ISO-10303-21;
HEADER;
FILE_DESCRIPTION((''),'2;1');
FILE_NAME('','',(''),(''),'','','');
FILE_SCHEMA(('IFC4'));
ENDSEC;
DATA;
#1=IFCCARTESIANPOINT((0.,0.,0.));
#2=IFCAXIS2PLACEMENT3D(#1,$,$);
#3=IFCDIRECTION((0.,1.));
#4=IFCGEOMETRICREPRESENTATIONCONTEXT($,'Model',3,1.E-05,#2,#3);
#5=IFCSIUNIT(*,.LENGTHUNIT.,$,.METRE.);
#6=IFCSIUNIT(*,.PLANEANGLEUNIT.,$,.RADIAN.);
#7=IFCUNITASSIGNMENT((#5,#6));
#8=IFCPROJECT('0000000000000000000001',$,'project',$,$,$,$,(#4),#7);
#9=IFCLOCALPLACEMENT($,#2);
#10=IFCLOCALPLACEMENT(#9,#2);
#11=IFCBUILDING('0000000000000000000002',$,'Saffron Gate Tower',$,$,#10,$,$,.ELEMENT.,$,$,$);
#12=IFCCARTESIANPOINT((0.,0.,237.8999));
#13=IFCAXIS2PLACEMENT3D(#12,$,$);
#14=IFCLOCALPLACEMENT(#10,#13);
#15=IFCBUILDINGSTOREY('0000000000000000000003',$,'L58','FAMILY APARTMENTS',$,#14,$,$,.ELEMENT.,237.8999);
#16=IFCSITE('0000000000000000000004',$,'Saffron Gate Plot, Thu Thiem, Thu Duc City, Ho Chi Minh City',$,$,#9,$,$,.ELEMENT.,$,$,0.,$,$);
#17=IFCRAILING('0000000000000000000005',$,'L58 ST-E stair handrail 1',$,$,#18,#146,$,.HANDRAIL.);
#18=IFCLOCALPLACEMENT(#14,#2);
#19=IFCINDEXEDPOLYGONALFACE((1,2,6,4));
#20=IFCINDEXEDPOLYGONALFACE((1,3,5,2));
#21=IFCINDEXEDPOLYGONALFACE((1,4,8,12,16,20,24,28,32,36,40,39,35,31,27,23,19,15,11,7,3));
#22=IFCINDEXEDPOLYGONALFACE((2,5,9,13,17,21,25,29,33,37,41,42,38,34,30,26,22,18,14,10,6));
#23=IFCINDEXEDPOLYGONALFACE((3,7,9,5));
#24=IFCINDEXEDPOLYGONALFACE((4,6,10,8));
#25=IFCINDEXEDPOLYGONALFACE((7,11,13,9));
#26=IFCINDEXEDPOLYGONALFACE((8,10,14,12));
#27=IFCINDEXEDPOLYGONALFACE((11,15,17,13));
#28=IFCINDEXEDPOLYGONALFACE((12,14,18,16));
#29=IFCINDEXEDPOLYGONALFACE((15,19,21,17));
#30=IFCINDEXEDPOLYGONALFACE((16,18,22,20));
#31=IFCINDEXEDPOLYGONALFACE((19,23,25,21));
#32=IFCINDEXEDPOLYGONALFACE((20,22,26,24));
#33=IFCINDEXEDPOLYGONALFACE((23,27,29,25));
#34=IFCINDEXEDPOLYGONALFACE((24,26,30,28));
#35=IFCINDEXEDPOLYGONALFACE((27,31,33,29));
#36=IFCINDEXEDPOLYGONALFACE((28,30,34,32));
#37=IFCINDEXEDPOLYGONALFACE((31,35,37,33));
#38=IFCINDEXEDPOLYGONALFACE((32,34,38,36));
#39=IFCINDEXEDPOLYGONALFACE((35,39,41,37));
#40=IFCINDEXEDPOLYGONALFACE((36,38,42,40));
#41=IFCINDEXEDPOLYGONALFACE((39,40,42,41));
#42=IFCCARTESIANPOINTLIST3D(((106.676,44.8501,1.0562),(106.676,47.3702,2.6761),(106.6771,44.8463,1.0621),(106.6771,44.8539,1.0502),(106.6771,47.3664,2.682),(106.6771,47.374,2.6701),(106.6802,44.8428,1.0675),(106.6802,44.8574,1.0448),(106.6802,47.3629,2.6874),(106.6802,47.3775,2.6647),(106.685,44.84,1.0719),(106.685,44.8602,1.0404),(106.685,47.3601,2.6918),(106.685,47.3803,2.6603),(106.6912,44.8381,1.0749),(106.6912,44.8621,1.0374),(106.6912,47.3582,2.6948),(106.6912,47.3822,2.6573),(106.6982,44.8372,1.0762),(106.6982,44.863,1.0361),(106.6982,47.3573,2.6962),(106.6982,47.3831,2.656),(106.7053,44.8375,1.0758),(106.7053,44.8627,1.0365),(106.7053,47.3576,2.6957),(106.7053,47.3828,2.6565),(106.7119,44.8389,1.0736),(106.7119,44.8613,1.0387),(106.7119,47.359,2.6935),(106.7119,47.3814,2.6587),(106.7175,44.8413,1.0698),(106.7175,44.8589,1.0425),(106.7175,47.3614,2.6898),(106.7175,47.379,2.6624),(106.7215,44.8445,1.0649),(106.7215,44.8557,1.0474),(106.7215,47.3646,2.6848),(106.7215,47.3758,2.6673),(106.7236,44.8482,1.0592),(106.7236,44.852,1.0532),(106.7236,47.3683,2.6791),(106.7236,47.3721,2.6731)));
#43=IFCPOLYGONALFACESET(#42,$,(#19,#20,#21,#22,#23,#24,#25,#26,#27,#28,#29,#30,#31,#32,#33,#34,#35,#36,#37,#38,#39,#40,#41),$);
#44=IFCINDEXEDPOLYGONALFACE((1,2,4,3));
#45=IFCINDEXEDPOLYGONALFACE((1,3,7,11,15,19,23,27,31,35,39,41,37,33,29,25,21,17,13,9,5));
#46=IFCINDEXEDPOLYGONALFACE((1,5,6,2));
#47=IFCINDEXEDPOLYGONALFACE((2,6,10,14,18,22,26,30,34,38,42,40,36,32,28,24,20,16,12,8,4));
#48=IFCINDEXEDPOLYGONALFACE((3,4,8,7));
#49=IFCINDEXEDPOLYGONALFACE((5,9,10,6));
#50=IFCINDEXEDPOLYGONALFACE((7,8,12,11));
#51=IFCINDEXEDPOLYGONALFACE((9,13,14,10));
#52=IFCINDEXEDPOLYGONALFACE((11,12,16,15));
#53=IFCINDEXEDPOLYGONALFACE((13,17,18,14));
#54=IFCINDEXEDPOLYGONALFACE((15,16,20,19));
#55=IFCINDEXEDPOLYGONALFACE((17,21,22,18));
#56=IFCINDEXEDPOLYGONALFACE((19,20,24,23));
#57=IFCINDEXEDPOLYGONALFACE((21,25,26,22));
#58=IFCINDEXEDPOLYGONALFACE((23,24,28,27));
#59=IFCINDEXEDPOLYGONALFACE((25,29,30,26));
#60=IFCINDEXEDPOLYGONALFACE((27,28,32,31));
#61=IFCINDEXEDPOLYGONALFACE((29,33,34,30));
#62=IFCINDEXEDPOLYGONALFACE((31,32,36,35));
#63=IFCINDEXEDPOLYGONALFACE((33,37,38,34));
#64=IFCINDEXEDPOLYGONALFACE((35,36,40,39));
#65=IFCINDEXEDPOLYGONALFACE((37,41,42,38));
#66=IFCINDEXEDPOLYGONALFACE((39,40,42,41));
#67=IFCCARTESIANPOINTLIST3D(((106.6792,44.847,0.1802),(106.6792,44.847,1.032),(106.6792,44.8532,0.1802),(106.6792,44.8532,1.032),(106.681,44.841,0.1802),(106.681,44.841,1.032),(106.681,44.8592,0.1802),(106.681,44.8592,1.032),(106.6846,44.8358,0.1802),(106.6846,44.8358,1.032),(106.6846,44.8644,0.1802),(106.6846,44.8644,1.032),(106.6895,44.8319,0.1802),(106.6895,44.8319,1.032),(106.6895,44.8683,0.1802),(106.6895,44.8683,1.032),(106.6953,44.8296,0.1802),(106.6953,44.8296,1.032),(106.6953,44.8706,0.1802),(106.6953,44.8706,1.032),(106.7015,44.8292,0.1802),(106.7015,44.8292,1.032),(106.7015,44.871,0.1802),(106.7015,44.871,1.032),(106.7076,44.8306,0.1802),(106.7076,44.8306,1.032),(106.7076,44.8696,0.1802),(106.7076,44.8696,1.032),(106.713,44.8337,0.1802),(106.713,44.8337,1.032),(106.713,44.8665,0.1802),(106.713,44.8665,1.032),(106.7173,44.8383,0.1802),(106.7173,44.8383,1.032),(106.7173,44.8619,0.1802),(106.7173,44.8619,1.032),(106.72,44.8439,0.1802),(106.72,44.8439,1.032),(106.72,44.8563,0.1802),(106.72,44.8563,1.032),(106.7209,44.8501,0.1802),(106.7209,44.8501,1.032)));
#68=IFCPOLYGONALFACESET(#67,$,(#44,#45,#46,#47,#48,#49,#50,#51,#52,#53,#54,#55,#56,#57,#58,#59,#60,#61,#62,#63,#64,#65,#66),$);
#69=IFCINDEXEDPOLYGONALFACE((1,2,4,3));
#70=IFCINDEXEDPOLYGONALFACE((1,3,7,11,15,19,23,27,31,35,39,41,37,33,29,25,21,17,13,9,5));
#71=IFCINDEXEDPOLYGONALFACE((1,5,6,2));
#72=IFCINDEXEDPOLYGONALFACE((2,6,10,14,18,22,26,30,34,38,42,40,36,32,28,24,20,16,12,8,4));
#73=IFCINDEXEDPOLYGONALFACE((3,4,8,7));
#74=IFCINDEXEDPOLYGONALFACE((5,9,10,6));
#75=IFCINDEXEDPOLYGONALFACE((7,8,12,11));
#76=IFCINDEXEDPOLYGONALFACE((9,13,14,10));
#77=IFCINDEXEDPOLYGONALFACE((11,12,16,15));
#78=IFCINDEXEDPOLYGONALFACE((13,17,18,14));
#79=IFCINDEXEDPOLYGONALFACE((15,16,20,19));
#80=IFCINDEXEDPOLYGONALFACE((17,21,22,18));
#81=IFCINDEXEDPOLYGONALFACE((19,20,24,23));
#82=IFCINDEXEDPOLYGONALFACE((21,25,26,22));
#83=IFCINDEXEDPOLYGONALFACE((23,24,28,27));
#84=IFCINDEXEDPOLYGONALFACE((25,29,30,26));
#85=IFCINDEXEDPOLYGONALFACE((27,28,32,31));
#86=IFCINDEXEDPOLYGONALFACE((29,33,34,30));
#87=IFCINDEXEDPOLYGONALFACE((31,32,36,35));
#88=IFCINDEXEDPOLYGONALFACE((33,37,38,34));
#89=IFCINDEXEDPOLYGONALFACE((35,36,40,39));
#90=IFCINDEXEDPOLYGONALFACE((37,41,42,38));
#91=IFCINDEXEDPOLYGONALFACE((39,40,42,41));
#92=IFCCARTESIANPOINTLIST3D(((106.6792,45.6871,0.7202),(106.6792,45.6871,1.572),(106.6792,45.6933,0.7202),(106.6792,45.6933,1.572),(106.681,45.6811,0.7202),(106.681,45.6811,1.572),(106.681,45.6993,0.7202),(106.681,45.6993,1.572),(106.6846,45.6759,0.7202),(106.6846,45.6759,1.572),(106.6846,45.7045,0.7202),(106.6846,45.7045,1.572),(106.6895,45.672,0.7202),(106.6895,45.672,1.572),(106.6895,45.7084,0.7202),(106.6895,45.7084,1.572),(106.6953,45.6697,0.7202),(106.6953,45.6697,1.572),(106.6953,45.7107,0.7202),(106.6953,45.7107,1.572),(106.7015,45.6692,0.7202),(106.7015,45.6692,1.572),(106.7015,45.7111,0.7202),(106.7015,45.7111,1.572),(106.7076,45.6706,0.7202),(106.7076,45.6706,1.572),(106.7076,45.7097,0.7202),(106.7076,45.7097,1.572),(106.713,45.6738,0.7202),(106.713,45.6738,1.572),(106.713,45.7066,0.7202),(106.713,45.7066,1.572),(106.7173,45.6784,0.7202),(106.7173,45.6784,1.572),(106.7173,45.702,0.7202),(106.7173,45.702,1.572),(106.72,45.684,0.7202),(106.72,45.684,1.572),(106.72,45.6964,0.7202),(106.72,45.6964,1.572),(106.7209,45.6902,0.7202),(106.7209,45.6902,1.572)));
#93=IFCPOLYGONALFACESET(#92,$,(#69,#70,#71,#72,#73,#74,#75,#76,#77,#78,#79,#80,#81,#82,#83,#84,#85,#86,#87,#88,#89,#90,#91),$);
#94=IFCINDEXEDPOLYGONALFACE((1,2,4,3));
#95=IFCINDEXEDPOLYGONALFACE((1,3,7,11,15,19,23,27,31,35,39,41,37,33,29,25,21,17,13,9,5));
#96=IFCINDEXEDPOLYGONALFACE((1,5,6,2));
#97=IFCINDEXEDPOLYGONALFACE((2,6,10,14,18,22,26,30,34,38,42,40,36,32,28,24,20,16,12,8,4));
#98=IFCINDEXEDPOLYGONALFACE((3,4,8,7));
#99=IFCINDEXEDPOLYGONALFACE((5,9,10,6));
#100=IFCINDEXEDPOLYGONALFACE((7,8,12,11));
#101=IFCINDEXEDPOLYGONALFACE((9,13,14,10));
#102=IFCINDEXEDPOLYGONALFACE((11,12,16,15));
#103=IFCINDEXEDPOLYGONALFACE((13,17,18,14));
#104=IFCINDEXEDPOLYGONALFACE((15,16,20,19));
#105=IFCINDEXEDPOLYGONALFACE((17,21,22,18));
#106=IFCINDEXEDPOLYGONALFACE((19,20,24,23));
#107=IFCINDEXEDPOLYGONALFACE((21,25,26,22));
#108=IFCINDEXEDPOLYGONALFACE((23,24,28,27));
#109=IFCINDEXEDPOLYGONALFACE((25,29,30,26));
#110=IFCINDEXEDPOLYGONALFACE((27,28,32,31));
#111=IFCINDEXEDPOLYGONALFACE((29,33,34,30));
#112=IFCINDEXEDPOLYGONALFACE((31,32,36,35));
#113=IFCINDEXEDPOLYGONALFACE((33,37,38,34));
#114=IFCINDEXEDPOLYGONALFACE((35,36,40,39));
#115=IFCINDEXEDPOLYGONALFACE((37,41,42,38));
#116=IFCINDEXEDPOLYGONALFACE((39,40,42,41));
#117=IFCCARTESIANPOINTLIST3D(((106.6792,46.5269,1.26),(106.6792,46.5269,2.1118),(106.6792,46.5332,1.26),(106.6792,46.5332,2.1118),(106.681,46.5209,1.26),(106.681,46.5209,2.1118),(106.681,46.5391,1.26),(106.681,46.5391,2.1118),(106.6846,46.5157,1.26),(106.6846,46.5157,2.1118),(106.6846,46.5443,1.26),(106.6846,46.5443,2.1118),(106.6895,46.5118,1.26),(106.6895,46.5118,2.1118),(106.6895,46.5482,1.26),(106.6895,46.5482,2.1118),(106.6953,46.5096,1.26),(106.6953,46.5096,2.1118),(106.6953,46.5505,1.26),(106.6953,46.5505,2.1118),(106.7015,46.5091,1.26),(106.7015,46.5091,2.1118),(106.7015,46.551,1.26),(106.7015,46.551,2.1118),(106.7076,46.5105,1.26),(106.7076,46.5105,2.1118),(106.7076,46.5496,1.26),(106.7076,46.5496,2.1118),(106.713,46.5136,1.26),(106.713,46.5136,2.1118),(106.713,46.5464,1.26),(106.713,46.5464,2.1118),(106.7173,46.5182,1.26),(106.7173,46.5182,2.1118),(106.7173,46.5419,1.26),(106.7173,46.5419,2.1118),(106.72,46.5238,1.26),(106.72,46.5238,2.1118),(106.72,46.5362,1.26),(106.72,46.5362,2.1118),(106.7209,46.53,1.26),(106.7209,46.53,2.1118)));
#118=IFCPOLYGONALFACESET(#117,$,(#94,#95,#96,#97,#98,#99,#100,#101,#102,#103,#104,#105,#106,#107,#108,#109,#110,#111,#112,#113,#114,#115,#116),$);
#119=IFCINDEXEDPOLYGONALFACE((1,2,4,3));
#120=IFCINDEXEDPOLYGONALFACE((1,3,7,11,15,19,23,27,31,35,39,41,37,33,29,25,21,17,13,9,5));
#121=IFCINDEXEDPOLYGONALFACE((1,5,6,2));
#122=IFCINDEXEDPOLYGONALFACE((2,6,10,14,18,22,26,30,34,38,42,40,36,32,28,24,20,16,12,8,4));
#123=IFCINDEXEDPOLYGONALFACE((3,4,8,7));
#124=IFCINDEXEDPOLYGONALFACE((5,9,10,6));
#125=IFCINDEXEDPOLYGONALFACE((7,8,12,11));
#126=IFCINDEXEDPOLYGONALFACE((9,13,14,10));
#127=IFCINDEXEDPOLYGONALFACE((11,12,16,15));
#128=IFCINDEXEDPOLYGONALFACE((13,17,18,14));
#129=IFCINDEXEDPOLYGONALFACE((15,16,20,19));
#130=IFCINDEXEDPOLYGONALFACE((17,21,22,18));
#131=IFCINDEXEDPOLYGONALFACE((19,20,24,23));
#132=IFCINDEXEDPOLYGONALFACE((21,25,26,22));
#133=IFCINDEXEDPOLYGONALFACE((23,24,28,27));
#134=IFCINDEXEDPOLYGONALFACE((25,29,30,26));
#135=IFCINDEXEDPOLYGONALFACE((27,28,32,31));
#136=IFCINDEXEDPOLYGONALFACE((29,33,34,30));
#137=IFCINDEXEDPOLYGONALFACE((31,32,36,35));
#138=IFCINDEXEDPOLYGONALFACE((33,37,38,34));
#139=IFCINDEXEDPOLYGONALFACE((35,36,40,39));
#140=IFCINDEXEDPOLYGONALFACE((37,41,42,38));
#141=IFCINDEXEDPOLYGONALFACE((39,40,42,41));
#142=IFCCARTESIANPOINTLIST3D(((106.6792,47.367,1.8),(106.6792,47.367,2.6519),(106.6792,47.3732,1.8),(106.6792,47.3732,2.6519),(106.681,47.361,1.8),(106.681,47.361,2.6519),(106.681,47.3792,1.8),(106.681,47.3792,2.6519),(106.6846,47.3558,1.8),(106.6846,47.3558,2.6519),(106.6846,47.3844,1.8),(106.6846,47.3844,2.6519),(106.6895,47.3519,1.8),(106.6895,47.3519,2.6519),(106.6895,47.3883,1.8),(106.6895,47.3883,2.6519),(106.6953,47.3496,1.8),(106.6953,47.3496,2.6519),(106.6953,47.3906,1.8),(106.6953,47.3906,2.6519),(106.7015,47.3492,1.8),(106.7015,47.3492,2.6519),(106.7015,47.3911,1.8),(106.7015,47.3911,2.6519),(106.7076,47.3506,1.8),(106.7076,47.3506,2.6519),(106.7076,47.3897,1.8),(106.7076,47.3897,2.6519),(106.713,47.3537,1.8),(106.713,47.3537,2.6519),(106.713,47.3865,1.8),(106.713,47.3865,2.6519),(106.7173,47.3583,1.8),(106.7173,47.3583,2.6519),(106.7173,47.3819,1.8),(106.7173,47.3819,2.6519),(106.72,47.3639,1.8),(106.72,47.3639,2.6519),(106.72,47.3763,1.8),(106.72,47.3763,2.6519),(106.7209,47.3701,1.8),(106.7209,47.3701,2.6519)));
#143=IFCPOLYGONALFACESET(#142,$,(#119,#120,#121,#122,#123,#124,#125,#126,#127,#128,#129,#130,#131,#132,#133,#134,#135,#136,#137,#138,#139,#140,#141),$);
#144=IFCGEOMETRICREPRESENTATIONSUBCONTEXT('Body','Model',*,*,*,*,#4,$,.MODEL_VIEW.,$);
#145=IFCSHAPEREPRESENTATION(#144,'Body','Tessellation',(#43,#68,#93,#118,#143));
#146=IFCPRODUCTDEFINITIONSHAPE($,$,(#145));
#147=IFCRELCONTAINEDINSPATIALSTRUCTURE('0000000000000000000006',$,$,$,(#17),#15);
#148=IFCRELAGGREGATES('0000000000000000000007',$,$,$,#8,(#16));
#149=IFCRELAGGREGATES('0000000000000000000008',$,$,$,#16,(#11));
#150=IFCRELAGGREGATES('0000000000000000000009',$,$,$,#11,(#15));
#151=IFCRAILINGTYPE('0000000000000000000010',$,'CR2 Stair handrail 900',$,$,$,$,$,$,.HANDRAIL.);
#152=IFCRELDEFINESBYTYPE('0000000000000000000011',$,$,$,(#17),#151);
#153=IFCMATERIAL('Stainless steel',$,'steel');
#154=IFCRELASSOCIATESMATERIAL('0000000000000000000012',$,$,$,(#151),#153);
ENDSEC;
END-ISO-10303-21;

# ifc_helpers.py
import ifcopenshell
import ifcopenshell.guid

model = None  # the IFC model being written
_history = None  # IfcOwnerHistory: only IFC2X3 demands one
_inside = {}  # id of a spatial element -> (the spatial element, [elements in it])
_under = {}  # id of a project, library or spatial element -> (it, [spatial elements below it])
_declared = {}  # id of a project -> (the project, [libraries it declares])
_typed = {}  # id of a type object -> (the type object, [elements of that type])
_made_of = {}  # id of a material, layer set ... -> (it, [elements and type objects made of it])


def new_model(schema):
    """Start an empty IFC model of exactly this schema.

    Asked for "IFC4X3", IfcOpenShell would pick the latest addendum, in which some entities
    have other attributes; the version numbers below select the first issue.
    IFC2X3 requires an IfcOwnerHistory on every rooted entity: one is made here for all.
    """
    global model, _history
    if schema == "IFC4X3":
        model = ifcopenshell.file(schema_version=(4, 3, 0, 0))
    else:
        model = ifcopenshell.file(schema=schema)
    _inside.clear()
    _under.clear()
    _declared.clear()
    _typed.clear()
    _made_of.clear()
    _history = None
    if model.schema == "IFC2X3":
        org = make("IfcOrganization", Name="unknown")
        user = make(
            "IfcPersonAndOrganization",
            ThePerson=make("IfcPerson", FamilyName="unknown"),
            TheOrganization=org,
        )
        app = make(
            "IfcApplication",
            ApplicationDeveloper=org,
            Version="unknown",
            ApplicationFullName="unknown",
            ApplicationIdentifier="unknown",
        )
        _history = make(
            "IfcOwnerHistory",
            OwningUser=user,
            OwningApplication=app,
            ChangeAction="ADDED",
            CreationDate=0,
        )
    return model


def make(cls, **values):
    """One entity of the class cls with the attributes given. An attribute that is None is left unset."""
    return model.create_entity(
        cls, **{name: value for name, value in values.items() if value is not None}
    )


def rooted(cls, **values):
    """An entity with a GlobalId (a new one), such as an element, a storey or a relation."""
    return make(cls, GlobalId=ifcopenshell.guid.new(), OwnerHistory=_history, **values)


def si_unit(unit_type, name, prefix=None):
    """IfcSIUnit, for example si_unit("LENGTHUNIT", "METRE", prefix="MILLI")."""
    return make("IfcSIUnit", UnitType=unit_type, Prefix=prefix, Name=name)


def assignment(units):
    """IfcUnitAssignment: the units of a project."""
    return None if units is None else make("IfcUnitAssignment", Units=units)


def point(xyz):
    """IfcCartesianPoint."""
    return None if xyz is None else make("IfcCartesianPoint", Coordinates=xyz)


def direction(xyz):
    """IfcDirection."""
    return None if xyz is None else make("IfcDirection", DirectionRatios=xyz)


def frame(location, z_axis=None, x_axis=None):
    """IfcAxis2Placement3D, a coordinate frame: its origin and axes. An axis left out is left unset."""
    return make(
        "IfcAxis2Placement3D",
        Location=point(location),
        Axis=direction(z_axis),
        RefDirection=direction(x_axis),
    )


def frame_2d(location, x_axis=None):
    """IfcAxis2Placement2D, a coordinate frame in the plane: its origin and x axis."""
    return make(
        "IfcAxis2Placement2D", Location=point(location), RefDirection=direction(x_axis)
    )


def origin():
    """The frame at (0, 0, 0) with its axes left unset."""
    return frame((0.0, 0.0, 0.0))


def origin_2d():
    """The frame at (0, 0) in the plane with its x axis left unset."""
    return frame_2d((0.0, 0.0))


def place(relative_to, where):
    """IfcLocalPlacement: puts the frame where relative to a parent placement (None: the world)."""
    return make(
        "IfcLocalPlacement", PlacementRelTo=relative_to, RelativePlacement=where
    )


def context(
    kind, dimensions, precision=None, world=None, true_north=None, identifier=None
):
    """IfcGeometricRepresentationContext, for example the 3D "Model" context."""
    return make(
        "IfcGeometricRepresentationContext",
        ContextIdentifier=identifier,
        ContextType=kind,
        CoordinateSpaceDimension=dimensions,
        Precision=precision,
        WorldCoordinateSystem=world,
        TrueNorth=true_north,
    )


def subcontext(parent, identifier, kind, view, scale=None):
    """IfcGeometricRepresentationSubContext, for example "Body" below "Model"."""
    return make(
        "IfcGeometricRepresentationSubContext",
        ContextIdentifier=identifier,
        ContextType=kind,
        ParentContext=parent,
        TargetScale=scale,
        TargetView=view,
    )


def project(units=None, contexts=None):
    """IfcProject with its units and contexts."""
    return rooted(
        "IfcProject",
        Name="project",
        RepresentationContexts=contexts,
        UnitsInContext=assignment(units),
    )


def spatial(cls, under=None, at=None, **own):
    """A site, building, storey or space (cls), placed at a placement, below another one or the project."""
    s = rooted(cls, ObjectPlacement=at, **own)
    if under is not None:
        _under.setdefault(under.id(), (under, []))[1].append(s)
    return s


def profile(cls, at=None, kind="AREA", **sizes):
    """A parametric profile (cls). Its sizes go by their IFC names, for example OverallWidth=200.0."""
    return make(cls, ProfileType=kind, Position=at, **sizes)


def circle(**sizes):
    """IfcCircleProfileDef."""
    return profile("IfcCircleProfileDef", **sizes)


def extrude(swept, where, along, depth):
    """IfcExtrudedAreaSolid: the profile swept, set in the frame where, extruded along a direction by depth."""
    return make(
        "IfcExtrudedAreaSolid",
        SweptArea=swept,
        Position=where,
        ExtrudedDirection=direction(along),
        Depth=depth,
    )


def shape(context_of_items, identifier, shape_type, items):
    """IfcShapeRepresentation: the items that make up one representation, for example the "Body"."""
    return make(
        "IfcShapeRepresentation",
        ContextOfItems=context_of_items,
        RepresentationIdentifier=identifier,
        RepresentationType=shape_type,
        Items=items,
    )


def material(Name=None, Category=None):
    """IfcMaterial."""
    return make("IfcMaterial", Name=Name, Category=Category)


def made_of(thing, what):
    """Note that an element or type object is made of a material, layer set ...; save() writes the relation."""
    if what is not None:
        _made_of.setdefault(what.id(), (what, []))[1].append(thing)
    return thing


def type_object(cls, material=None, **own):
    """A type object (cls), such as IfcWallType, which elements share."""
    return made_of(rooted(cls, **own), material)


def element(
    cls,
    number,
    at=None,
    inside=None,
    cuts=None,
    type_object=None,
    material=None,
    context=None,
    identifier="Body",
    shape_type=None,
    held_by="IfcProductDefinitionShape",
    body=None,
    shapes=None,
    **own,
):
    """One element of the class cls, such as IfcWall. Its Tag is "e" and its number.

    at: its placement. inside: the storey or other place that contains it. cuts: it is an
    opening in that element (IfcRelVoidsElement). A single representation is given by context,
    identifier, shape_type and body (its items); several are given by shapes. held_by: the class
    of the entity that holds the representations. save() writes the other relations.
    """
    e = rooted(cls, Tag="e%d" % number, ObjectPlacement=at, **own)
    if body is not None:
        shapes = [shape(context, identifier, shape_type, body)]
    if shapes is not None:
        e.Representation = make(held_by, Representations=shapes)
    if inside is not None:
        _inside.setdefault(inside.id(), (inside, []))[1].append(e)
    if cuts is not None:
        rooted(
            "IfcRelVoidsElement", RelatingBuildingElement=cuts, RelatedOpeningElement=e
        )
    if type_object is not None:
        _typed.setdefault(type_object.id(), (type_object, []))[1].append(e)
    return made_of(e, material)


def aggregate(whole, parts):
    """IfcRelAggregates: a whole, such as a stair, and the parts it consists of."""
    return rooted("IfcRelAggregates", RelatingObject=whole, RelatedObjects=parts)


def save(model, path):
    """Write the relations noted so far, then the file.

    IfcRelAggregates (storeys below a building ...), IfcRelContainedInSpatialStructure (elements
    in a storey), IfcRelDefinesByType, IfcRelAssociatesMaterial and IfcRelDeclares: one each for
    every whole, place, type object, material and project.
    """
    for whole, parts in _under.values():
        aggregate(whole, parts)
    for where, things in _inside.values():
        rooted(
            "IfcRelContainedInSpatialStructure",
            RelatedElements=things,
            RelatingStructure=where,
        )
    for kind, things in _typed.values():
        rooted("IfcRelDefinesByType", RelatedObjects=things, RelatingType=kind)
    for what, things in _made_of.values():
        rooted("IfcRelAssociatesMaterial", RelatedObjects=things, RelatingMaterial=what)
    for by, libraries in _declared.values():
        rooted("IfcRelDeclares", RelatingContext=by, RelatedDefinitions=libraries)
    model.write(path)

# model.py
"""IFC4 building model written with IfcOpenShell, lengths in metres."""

from ifc_helpers import new_model, si_unit, direction, frame, origin, origin_2d, place, context, subcontext, project, spatial, circle, extrude, material, type_object, element, save


model = new_model("IFC4")

# Units and contexts
model_context = context("Model", 3, precision=1e-05, world=origin(), true_north=direction((0.0, 1.0)))
body_context = subcontext(model_context, "Body", "Model", "MODEL_VIEW")
ifc_project = project(units=[si_unit("LENGTHUNIT", "METRE"), si_unit("PLANEANGLEUNIT", "RADIAN")], contexts=[model_context])

# Site, building, storey
site_placement = place(None, origin())
site = spatial("IfcSite", under=ifc_project, at=site_placement, Name="Saffron Gate Plot, Thu Thiem, Thu Duc City, Ho Chi Minh City", CompositionType="ELEMENT", RefElevation=0.0)
building_placement = place(site_placement, origin())
building = spatial("IfcBuilding", under=site, at=building_placement, Name="Saffron Gate Tower", CompositionType="ELEMENT")
storey_placement = place(building_placement, frame((0.0, 0.0, 237.8999)))
storey = spatial("IfcBuildingStorey", under=building, at=storey_placement, Name="L58", Description="FAMILY APARTMENTS", CompositionType="ELEMENT", Elevation=237.8999)

# Railing
ifc_material_1 = material(Name="Stainless steel", Category="steel")
railing_type = type_object("IfcRailingType", Name="CR2 Stair handrail 900", PredefinedType="HANDRAIL", material=ifc_material_1)
railing_1_placement = place(storey_placement, frame((106.7, 44.8501, 0.1802)))
element("IfcRailing", 1, at=railing_1_placement, inside=storey, type_object=railing_type, Name="L58 ST-E stair handrail 1", PredefinedType="HANDRAIL", context=body_context, shape_type="SweptSolid", body=[
    extrude(circle(Radius=0.0239, at=origin_2d()), frame((0.0, 0.0, 0.876), z_axis=(0.0, 0.8412, 0.540725), x_axis=(-1.0, 0.0, 0.0)), (0.0, 0.0, 1.0), 2.9958),
    extrude(circle(Radius=0.021, at=origin_2d()), origin(), (0.0, 0.0, 1.0), 0.8518),
    extrude(circle(Radius=0.021, at=origin_2d()), frame((0.0, 0.8401, 0.54)), (0.0, 0.0, 1.0), 0.8518),
    extrude(circle(Radius=0.021, at=origin_2d()), frame((0.0, 1.6799, 1.0798)), (0.0, 0.0, 1.0), 0.8518),
    extrude(circle(Radius=0.021, at=origin_2d()), frame((0.0, 2.52, 1.6199)), (0.0, 0.0, 1.0), 0.8518),
])

save(model, "model.ifc")
